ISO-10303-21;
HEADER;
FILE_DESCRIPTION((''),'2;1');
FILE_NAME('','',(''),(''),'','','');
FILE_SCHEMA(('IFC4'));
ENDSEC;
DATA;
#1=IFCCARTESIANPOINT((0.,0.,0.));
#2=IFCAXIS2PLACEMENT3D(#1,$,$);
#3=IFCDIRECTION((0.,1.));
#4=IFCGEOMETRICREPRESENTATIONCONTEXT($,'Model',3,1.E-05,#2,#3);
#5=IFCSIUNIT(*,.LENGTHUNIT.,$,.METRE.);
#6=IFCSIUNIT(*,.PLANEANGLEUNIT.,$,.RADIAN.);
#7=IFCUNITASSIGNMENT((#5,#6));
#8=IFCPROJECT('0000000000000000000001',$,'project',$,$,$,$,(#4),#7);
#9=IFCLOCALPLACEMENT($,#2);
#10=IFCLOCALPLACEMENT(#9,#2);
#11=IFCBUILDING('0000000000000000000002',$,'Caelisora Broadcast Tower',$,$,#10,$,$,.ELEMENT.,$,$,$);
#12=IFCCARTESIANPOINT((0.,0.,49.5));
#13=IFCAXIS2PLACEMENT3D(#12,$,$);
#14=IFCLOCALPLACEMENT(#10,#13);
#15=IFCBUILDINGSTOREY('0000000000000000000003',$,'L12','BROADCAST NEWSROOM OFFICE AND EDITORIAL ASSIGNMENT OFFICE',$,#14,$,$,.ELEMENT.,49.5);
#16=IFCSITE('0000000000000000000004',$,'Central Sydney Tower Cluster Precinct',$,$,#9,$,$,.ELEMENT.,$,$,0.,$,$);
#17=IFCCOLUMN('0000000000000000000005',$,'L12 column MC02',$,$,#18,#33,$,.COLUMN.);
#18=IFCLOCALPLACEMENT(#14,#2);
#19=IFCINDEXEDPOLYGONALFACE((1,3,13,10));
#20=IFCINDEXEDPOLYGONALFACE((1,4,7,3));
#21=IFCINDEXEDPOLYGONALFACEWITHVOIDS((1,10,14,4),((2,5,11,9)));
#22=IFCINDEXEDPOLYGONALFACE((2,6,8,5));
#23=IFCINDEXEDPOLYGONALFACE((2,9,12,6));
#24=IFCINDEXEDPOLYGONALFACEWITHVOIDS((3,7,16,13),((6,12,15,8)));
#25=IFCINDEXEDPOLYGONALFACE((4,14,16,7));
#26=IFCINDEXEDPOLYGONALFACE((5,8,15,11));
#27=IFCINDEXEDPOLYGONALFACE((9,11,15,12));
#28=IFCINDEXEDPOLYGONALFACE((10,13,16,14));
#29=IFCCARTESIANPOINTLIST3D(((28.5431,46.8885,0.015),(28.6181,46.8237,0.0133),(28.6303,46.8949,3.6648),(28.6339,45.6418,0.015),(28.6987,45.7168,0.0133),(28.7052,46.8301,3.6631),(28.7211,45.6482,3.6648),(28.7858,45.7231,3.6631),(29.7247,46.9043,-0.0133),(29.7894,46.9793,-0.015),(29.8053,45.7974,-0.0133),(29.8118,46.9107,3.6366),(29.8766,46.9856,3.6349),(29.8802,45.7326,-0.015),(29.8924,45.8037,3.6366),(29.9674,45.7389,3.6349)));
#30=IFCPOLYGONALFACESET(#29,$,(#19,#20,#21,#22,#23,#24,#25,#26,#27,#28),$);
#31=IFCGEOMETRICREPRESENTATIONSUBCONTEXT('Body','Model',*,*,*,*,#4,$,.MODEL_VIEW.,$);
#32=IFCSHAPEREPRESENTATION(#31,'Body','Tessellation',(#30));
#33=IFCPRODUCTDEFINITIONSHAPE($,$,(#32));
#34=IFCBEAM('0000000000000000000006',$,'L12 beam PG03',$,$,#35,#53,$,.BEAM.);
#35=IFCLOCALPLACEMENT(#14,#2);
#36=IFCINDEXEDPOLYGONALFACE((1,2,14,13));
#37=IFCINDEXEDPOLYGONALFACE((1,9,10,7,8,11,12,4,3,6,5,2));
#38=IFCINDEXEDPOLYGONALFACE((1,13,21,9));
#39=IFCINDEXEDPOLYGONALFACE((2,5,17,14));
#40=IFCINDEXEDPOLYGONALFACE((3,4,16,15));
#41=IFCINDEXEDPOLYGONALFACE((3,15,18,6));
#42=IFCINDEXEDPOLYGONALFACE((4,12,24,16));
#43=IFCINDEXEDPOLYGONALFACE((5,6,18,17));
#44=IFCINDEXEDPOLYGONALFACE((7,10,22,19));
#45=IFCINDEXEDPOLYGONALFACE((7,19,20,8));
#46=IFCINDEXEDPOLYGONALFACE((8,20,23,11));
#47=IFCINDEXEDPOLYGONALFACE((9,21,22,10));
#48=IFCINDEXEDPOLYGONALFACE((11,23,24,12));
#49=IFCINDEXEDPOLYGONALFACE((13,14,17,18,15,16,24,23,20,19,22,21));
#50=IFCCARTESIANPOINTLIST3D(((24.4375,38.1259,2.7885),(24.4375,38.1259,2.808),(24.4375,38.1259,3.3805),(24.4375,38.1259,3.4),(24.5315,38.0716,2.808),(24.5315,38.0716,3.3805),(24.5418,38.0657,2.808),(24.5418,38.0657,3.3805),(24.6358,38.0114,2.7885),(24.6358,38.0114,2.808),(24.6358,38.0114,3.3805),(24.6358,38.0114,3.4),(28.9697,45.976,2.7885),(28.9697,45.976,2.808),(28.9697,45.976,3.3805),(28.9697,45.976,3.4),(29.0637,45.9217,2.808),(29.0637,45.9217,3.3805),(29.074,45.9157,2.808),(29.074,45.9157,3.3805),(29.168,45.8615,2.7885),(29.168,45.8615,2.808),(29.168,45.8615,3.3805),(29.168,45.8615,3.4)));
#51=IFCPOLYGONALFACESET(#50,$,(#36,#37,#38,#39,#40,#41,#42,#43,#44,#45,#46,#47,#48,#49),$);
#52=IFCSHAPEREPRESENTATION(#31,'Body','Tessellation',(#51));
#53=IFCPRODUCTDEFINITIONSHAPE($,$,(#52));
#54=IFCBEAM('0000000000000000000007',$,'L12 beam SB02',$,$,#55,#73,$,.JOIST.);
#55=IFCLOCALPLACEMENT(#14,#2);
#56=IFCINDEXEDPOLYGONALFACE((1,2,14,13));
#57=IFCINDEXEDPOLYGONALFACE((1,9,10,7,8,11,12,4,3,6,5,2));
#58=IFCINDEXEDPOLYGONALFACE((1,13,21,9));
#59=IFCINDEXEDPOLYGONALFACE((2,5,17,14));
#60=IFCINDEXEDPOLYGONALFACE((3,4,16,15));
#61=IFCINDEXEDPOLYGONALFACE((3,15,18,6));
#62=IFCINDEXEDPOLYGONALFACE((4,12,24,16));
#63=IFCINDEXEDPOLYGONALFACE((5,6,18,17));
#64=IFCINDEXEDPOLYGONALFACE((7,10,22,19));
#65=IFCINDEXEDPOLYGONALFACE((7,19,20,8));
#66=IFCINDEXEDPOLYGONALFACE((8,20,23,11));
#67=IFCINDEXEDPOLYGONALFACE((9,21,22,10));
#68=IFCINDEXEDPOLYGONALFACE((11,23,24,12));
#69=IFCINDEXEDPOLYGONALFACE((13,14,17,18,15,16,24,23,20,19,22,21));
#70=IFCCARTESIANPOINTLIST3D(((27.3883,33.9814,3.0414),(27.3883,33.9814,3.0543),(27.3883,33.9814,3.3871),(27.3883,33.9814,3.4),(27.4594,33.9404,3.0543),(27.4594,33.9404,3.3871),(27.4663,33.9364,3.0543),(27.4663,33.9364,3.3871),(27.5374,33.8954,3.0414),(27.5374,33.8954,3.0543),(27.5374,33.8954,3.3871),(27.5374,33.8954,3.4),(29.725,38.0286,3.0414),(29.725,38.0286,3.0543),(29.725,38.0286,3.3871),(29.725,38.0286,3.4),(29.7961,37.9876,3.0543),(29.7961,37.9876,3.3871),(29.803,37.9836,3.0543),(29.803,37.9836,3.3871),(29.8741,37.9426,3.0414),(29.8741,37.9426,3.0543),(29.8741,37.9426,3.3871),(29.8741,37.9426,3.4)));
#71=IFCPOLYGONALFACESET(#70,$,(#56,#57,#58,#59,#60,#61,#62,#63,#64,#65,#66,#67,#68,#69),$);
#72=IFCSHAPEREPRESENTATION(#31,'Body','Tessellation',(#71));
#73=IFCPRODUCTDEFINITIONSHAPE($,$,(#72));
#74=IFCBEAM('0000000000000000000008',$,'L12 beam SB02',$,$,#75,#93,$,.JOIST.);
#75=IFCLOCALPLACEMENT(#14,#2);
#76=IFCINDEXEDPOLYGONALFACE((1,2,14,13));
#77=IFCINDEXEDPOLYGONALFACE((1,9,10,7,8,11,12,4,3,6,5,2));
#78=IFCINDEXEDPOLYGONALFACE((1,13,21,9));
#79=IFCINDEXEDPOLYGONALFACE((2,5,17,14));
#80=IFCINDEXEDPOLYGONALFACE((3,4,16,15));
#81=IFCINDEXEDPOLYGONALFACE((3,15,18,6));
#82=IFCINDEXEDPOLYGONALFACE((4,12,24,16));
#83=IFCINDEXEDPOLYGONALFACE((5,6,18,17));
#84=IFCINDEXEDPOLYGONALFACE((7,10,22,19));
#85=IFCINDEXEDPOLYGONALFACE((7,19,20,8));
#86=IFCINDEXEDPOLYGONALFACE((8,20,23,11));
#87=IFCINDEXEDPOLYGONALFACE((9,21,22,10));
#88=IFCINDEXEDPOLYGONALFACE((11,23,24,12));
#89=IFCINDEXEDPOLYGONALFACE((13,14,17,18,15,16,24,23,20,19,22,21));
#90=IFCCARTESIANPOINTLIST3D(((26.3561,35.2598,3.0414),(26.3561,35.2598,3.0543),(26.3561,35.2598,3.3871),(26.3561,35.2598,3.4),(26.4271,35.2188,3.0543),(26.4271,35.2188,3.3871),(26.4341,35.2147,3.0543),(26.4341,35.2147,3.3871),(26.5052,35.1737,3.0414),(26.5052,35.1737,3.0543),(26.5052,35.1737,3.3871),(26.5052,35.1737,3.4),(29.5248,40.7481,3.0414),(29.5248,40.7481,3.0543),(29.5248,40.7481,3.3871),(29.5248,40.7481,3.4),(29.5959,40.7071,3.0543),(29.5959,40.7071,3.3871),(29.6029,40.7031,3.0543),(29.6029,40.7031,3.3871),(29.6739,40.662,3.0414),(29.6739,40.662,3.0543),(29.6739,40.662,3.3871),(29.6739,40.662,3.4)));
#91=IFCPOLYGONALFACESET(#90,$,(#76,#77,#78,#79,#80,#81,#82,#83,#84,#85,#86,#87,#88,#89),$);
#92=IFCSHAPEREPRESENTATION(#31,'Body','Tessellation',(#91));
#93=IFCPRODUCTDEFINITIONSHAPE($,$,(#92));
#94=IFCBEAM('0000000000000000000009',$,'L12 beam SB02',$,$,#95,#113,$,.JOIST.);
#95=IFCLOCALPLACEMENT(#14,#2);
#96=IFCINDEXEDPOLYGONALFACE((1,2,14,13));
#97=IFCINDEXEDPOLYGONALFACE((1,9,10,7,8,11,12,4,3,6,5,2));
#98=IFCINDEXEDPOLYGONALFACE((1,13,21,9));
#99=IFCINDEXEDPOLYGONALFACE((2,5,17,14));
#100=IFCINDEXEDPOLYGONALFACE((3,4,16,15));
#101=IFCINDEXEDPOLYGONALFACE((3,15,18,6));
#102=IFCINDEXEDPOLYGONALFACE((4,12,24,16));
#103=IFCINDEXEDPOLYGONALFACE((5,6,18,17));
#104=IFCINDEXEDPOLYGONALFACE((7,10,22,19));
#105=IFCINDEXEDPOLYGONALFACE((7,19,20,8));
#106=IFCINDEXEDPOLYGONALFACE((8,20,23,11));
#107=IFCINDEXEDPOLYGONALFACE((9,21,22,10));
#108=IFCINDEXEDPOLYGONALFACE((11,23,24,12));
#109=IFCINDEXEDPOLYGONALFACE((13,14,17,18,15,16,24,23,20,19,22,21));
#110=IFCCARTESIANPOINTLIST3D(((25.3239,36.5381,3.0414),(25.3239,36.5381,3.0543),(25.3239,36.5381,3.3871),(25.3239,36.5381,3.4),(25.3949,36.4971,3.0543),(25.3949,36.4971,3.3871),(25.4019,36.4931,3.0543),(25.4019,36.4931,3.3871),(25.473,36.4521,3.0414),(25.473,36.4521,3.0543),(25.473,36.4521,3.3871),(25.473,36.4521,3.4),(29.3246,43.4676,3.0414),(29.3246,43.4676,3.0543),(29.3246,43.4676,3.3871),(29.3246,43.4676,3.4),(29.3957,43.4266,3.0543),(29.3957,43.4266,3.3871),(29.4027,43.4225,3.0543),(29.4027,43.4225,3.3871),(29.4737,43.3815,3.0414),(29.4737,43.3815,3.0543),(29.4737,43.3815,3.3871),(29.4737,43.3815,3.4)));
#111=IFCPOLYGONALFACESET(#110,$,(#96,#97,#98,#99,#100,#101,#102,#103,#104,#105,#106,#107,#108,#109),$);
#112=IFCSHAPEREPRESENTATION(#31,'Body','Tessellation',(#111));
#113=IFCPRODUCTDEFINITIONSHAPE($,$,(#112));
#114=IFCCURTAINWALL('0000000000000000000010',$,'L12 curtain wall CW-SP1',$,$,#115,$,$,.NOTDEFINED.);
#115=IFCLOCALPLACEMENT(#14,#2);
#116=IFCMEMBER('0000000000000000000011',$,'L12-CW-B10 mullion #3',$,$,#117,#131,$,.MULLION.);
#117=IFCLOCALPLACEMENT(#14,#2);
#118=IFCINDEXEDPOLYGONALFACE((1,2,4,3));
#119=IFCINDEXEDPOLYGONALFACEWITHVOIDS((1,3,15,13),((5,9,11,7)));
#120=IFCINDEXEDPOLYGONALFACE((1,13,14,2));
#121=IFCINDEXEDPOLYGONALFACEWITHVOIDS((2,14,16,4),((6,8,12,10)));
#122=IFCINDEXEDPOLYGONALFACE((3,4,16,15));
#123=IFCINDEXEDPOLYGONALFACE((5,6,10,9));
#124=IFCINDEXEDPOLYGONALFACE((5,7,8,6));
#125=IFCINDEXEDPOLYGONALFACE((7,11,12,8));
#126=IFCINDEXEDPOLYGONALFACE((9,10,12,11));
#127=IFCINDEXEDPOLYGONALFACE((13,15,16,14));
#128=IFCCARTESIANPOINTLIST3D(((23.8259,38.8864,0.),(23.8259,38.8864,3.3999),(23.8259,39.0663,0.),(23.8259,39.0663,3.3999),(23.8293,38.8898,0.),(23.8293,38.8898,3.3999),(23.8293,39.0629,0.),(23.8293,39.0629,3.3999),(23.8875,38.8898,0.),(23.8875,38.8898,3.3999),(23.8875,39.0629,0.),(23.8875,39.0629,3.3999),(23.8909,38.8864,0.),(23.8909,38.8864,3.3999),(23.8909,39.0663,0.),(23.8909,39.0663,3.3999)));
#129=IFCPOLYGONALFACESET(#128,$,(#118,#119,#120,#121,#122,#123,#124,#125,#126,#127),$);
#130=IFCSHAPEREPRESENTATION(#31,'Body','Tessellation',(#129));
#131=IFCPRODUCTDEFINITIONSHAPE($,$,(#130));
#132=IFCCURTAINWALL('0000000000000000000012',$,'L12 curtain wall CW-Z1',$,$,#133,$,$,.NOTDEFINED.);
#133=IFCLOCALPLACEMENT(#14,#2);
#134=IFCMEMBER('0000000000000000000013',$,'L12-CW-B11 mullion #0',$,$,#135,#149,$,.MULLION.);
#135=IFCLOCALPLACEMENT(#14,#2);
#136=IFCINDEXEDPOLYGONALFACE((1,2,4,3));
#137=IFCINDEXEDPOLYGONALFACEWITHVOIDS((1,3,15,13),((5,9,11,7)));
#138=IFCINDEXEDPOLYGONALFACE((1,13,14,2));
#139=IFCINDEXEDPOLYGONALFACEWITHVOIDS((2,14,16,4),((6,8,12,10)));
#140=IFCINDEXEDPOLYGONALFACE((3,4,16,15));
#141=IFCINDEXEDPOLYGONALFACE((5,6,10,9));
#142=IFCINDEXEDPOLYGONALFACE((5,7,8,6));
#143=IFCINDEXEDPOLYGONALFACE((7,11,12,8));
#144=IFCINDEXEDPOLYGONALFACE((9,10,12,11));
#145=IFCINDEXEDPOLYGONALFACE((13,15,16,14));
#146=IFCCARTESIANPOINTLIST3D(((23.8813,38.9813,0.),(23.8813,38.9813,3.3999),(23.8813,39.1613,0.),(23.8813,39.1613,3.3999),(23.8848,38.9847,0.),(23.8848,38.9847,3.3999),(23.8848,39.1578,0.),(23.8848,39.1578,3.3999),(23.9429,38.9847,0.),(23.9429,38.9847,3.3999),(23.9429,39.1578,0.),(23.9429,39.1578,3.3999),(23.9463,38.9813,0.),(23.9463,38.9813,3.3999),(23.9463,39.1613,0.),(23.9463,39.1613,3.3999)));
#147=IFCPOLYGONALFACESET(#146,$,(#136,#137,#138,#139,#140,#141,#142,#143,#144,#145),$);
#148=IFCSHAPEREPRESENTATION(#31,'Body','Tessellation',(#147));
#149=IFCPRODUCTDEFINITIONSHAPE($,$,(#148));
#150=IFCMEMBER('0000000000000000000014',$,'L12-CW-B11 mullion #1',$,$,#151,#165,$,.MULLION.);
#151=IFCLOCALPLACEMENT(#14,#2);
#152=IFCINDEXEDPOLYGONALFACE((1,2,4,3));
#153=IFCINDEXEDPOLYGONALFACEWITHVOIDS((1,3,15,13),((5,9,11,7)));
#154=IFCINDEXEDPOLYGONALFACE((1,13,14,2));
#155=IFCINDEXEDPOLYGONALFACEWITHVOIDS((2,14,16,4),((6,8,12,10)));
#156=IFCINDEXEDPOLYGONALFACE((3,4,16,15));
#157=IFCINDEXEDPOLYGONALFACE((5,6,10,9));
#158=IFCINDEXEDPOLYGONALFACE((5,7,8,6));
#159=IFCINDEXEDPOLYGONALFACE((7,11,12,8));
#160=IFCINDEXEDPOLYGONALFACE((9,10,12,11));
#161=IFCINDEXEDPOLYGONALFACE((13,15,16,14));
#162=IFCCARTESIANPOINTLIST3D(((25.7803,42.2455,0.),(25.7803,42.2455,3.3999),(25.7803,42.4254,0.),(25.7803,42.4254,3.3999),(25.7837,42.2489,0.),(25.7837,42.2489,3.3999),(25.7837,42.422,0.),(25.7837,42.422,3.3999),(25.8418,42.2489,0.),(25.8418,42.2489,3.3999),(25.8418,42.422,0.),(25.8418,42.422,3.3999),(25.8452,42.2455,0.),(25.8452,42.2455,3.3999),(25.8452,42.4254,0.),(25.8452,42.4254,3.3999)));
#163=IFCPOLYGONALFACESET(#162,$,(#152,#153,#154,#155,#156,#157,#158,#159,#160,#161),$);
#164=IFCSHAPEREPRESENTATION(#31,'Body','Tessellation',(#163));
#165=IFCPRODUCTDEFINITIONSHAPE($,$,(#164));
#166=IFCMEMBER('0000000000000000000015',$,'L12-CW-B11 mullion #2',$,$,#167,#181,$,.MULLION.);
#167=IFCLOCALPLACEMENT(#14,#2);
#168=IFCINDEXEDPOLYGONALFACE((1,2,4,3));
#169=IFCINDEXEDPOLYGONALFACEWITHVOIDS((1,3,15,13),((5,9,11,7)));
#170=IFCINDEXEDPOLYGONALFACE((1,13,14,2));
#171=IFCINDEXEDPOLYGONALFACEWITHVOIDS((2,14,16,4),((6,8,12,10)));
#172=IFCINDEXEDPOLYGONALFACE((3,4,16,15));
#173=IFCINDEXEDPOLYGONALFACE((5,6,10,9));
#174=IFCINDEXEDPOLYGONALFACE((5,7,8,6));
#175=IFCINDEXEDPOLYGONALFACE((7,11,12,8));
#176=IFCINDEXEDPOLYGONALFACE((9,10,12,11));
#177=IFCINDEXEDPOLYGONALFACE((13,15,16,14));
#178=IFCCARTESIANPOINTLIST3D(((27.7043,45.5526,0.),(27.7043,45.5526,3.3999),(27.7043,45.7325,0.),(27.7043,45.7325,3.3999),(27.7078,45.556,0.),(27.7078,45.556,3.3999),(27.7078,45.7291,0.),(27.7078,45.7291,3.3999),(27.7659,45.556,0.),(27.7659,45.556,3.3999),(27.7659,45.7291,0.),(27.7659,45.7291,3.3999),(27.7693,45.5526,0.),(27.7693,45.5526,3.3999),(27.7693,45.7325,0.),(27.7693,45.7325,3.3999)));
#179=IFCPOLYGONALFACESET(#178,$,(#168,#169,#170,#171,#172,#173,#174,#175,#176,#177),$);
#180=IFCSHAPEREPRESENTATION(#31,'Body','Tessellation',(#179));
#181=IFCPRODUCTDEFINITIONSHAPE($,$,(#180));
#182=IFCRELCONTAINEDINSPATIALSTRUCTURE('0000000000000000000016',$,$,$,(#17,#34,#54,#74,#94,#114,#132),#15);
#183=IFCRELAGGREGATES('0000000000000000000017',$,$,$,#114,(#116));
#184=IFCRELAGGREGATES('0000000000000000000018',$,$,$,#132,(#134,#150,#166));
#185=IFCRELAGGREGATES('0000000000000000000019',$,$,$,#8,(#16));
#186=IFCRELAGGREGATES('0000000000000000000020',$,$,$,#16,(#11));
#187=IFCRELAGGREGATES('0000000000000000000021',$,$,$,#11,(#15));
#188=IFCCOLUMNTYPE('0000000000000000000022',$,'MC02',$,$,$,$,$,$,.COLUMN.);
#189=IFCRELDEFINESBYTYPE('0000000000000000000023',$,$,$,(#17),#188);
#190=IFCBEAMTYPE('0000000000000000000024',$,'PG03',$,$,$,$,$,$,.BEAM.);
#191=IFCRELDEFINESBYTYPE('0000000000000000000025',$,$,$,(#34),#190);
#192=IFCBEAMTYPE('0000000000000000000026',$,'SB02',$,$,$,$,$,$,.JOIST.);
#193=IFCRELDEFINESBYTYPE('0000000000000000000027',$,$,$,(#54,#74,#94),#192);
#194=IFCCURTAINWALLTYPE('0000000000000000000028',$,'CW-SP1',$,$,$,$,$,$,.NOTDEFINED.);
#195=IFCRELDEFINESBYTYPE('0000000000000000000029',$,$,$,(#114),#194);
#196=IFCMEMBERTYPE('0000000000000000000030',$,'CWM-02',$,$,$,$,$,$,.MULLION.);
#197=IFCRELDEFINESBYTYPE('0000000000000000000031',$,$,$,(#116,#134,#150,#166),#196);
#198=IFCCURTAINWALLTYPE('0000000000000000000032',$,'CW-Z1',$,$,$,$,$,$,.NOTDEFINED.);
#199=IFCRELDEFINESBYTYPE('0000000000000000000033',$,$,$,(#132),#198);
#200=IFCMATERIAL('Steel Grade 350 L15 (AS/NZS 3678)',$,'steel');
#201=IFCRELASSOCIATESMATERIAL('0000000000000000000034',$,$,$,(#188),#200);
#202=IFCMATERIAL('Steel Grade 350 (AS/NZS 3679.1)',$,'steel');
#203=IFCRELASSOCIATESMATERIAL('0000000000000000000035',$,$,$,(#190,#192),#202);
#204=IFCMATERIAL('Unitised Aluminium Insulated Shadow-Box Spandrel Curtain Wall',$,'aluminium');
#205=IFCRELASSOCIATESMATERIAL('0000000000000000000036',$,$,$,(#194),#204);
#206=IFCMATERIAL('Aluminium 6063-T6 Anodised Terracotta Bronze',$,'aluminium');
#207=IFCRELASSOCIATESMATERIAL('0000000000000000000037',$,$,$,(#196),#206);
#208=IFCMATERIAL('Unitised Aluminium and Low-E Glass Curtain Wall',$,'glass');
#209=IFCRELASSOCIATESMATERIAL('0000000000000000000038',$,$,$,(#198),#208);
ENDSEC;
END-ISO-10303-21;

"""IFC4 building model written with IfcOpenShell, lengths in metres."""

from ifc_helpers import new_model, si_unit, direction, frame, origin, origin_2d, place, context, subcontext, project, spatial, hollow_rectangle, i_section, extrude, source, transform, mapped, material, material_profile, profile_set, type_object, type_shapes, element, aggregate, save


model = new_model("IFC4")

# Units and contexts
model_context = context("Model", 3, precision=1e-05, world=origin(), true_north=direction((0.0, 1.0)))
body_context = subcontext(model_context, "Body", "Model", "MODEL_VIEW")
ifc_project = project(units=[si_unit("LENGTHUNIT", "METRE"), si_unit("PLANEANGLEUNIT", "RADIAN")], contexts=[model_context])

# Site, building, storey
site_placement = place(None, origin())
site = spatial("IfcSite", under=ifc_project, at=site_placement, Name="Central Sydney Tower Cluster Precinct", CompositionType="ELEMENT", RefElevation=0.0)
building_placement = place(site_placement, origin())
building = spatial("IfcBuilding", under=site, at=building_placement, Name="Caelisora Broadcast Tower", CompositionType="ELEMENT")
storey_placement = place(building_placement, frame((0.0, 0.0, 49.5)))
storey = spatial("IfcBuildingStorey", under=building, at=storey_placement, Name="L12", Description="BROADCAST NEWSROOM OFFICE AND EDITORIAL ASSIGNMENT OFFICE", CompositionType="ELEMENT", Elevation=49.5)

# Column
ifc_material_1 = material(Name="Steel Grade 350 L15 (AS/NZS 3678)", Category="steel")
ifc_material_profile_1 = material_profile(ifc_material_1, hollow_rectangle(XDim=1.25, YDim=1.25, WallThickness=0.0701, at=origin_2d()), Name="Steel Grade 350 L15 (AS/NZS 3678)")
ifc_profile_set_1 = profile_set([ifc_material_profile_1], Name="Steel Grade 350 L15 (AS/NZS 3678)")
column_type = type_object("IfcColumnType", Name="MC02", PredefinedType="COLUMN", material=ifc_profile_set_1)
shared_shape_1 = source(origin(), body_context, "Body", "SweptSolid", [
    extrude(hollow_rectangle(XDim=1.25, YDim=1.25, WallThickness=0.0701, at=origin_2d()), origin(), (0.0, 0.0, 1.0), 3.6509),
])
type_shapes(column_type, [shared_shape_1])
column_placement = place(storey_placement, frame((29.2117, 46.3105, 0.0), z_axis=(0.023873, 0.001739, 0.999713), x_axis=(-0.072637, 0.997358, 0.0)))
element("IfcColumn", 1, at=column_placement, inside=storey, type_object=column_type, Name="L12 column MC02", PredefinedType="COLUMN", context=body_context, shape_type="MappedRepresentation", body=[
    mapped(shared_shape_1, transform((0.0, 0.0, 0.0), scale=1.0)),
])

# Beams
ifc_material_2 = material(Name="Steel Grade 350 (AS/NZS 3679.1)", Category="steel")
ifc_material_profile_2 = material_profile(ifc_material_2, i_section(OverallWidth=0.229, OverallDepth=0.6116, WebThickness=0.012, FlangeThickness=0.0195, at=origin_2d()), Name="Steel Grade 350 (AS/NZS 3679.1)")
ifc_profile_set_2 = profile_set([ifc_material_profile_2], Name="Steel Grade 350 (AS/NZS 3679.1)")
beam_type_1 = type_object("IfcBeamType", Name="PG03", PredefinedType="BEAM", material=ifc_profile_set_2)
shared_shape_2 = source(origin(), body_context, "Body", "SweptSolid", [
    extrude(i_section(OverallWidth=0.229, OverallDepth=0.6116, WebThickness=0.012, FlangeThickness=0.0195, at=origin_2d()), origin(), (0.0, 0.0, 1.0), 9.0645),
])
type_shapes(beam_type_1, [shared_shape_2])
beam_1_placement = place(storey_placement, frame((29.0688, 45.9187, 3.0942), z_axis=(-0.499998, -0.866027, 0.0), x_axis=(0.866027, -0.499998, 0.0)))
element("IfcBeam", 2, at=beam_1_placement, inside=storey, type_object=beam_type_1, Name="L12 beam PG03", PredefinedType="BEAM", context=body_context, shape_type="MappedRepresentation", body=[
    mapped(shared_shape_2, transform((0.0, 0.0, 0.0), scale=1.0)),
])
ifc_material_profile_3 = material_profile(ifc_material_2, i_section(OverallWidth=0.1721, OverallDepth=0.3586, WebThickness=0.0081, FlangeThickness=0.0129, at=origin_2d()), Name="Steel Grade 350 (AS/NZS 3679.1)")
ifc_profile_set_3 = profile_set([ifc_material_profile_3], Name="Steel Grade 350 (AS/NZS 3679.1)")
beam_type_2 = type_object("IfcBeamType", Name="SB02", PredefinedType="JOIST", material=ifc_profile_set_3)
shared_shape_3 = source(origin(), body_context, "Body", "SweptSolid", [
    extrude(i_section(OverallWidth=0.1721, OverallDepth=0.3586, WebThickness=0.0081, FlangeThickness=0.0129, at=origin_2d()), origin(), (0.0, 0.0, 1.0), 4.6733),
])
beam_2_placement = place(storey_placement, frame((29.7996, 37.9856, 3.2207), z_axis=(-0.50001, -0.866019, 0.0), x_axis=(0.866019, -0.50001, 0.0)))
element("IfcBeam", 3, at=beam_2_placement, inside=storey, type_object=beam_type_2, Name="L12 beam SB02", PredefinedType="JOIST", context=body_context, shape_type="MappedRepresentation", body=[
    mapped(shared_shape_3, transform((0.0, 0.0, 0.0), scale=1.0)),
])
shared_shape_4 = source(origin(), body_context, "Body", "SweptSolid", [
    extrude(i_section(OverallWidth=0.1721, OverallDepth=0.3586, WebThickness=0.0081, FlangeThickness=0.0129, at=origin_2d()), origin(), (0.0, 0.0, 1.0), 6.3374),
])
beam_3_placement = place(storey_placement, frame((29.5994, 40.7051, 3.2207), z_axis=(-0.500005, -0.866023, 0.0), x_axis=(0.866023, -0.500005, 0.0)))
element("IfcBeam", 4, at=beam_3_placement, inside=storey, type_object=beam_type_2, Name="L12 beam SB02", PredefinedType="JOIST", context=body_context, shape_type="MappedRepresentation", body=[
    mapped(shared_shape_4, transform((0.0, 0.0, 0.0), scale=1.0)),
])
shared_shape_5 = source(origin(), body_context, "Body", "SweptSolid", [
    extrude(i_section(OverallWidth=0.1721, OverallDepth=0.3586, WebThickness=0.0081, FlangeThickness=0.0129, at=origin_2d()), origin(), (0.0, 0.0, 1.0), 8.0015),
])
type_shapes(beam_type_2, [shared_shape_3, shared_shape_4, shared_shape_5])
beam_4_placement = place(storey_placement, frame((29.3992, 43.4246, 3.2207), z_axis=(-0.500002, -0.866025, 0.0), x_axis=(0.866025, -0.500002, 0.0)))
element("IfcBeam", 5, at=beam_4_placement, inside=storey, type_object=beam_type_2, Name="L12 beam SB02", PredefinedType="JOIST", context=body_context, shape_type="MappedRepresentation", body=[
    mapped(shared_shape_5, transform((0.0, 0.0, 0.0), scale=1.0)),
])

# Curtain wall, member
ifc_material_3 = material(Name="Unitised Aluminium Insulated Shadow-Box Spandrel Curtain Wall", Category="aluminium")
curtain_wall_type_1 = type_object("IfcCurtainWallType", Name="CW-SP1", PredefinedType="NOTDEFINED", material=ifc_material_3)
curtain_wall_1_placement = place(storey_placement, origin())
curtain_wall_1 = element("IfcCurtainWall", 6, at=curtain_wall_1_placement, inside=storey, type_object=curtain_wall_type_1, Name="L12 curtain wall CW-SP1", PredefinedType="NOTDEFINED")
ifc_material_4 = material(Name="Aluminium 6063-T6 Anodised Terracotta Bronze", Category="aluminium")
ifc_material_profile_4 = material_profile(ifc_material_4, hollow_rectangle(XDim=0.0649, YDim=0.1799, WallThickness=0.0034, at=origin_2d()), Name="Aluminium 6063-T6 Anodised Terracotta Bronze")
ifc_profile_set_4 = profile_set([ifc_material_profile_4], Name="Aluminium 6063-T6 Anodised Terracotta Bronze")
member_type_1 = type_object("IfcMemberType", Name="CWM-02", PredefinedType="MULLION", material=ifc_profile_set_4)
shared_shape_6 = source(origin(), body_context, "Body", "SweptSolid", [
    extrude(hollow_rectangle(XDim=0.0649, YDim=0.1799, WallThickness=0.0034, at=origin_2d()), origin(), (0.0, 0.0, 1.0), 3.3999),
])
type_shapes(member_type_1, [shared_shape_6])
member_1_placement = place(storey_placement, frame((23.8584, 38.9763, 0.0), z_axis=(0.0, 0.0, 1.0), x_axis=(1.0, 0.0, 0.0)))
member_1 = element("IfcMember", 7, at=member_1_placement, type_object=member_type_1, Name="L12-CW-B10 mullion #3", PredefinedType="MULLION", context=body_context, shape_type="MappedRepresentation", body=[
    mapped(shared_shape_6, transform((0.0, 0.0, 0.0), scale=1.0)),
])
aggregate(curtain_wall_1, [member_1])

# Curtain wall, members
ifc_material_5 = material(Name="Unitised Aluminium and Low-E Glass Curtain Wall", Category="glass")
curtain_wall_type_2 = type_object("IfcCurtainWallType", Name="CW-Z1", PredefinedType="NOTDEFINED", material=ifc_material_5)
curtain_wall_2_placement = place(storey_placement, origin())
curtain_wall_2 = element("IfcCurtainWall", 8, at=curtain_wall_2_placement, inside=storey, type_object=curtain_wall_type_2, Name="L12 curtain wall CW-Z1", PredefinedType="NOTDEFINED")
member_2_placement = place(storey_placement, frame((23.9138, 39.0713, 0.0), z_axis=(0.0, 0.0, 1.0), x_axis=(1.0, 0.0, 0.0)))
member_2 = element("IfcMember", 9, at=member_2_placement, type_object=member_type_1, Name="L12-CW-B11 mullion #0", PredefinedType="MULLION", context=body_context, shape_type="MappedRepresentation", body=[
    mapped(shared_shape_6, transform((0.0, 0.0, 0.0), scale=1.0)),
])
member_3_placement = place(storey_placement, frame((25.8127, 42.3354, 0.0), z_axis=(0.0, 0.0, 1.0), x_axis=(1.0, 0.0, 0.0)))
member_3 = element("IfcMember", 10, at=member_3_placement, type_object=member_type_1, Name="L12-CW-B11 mullion #1", PredefinedType="MULLION", context=body_context, shape_type="MappedRepresentation", body=[
    mapped(shared_shape_6, transform((0.0, 0.0, 0.0), scale=1.0)),
])
member_4_placement = place(storey_placement, frame((27.7368, 45.6426, 0.0), z_axis=(0.0, 0.0, 1.0), x_axis=(1.0, 0.0, 0.0)))
member_4 = element("IfcMember", 11, at=member_4_placement, type_object=member_type_1, Name="L12-CW-B11 mullion #2", PredefinedType="MULLION", context=body_context, shape_type="MappedRepresentation", body=[
    mapped(shared_shape_6, transform((0.0, 0.0, 0.0), scale=1.0)),
])
aggregate(curtain_wall_2, [member_2, member_3, member_4])

save(model, "model.ifc")
